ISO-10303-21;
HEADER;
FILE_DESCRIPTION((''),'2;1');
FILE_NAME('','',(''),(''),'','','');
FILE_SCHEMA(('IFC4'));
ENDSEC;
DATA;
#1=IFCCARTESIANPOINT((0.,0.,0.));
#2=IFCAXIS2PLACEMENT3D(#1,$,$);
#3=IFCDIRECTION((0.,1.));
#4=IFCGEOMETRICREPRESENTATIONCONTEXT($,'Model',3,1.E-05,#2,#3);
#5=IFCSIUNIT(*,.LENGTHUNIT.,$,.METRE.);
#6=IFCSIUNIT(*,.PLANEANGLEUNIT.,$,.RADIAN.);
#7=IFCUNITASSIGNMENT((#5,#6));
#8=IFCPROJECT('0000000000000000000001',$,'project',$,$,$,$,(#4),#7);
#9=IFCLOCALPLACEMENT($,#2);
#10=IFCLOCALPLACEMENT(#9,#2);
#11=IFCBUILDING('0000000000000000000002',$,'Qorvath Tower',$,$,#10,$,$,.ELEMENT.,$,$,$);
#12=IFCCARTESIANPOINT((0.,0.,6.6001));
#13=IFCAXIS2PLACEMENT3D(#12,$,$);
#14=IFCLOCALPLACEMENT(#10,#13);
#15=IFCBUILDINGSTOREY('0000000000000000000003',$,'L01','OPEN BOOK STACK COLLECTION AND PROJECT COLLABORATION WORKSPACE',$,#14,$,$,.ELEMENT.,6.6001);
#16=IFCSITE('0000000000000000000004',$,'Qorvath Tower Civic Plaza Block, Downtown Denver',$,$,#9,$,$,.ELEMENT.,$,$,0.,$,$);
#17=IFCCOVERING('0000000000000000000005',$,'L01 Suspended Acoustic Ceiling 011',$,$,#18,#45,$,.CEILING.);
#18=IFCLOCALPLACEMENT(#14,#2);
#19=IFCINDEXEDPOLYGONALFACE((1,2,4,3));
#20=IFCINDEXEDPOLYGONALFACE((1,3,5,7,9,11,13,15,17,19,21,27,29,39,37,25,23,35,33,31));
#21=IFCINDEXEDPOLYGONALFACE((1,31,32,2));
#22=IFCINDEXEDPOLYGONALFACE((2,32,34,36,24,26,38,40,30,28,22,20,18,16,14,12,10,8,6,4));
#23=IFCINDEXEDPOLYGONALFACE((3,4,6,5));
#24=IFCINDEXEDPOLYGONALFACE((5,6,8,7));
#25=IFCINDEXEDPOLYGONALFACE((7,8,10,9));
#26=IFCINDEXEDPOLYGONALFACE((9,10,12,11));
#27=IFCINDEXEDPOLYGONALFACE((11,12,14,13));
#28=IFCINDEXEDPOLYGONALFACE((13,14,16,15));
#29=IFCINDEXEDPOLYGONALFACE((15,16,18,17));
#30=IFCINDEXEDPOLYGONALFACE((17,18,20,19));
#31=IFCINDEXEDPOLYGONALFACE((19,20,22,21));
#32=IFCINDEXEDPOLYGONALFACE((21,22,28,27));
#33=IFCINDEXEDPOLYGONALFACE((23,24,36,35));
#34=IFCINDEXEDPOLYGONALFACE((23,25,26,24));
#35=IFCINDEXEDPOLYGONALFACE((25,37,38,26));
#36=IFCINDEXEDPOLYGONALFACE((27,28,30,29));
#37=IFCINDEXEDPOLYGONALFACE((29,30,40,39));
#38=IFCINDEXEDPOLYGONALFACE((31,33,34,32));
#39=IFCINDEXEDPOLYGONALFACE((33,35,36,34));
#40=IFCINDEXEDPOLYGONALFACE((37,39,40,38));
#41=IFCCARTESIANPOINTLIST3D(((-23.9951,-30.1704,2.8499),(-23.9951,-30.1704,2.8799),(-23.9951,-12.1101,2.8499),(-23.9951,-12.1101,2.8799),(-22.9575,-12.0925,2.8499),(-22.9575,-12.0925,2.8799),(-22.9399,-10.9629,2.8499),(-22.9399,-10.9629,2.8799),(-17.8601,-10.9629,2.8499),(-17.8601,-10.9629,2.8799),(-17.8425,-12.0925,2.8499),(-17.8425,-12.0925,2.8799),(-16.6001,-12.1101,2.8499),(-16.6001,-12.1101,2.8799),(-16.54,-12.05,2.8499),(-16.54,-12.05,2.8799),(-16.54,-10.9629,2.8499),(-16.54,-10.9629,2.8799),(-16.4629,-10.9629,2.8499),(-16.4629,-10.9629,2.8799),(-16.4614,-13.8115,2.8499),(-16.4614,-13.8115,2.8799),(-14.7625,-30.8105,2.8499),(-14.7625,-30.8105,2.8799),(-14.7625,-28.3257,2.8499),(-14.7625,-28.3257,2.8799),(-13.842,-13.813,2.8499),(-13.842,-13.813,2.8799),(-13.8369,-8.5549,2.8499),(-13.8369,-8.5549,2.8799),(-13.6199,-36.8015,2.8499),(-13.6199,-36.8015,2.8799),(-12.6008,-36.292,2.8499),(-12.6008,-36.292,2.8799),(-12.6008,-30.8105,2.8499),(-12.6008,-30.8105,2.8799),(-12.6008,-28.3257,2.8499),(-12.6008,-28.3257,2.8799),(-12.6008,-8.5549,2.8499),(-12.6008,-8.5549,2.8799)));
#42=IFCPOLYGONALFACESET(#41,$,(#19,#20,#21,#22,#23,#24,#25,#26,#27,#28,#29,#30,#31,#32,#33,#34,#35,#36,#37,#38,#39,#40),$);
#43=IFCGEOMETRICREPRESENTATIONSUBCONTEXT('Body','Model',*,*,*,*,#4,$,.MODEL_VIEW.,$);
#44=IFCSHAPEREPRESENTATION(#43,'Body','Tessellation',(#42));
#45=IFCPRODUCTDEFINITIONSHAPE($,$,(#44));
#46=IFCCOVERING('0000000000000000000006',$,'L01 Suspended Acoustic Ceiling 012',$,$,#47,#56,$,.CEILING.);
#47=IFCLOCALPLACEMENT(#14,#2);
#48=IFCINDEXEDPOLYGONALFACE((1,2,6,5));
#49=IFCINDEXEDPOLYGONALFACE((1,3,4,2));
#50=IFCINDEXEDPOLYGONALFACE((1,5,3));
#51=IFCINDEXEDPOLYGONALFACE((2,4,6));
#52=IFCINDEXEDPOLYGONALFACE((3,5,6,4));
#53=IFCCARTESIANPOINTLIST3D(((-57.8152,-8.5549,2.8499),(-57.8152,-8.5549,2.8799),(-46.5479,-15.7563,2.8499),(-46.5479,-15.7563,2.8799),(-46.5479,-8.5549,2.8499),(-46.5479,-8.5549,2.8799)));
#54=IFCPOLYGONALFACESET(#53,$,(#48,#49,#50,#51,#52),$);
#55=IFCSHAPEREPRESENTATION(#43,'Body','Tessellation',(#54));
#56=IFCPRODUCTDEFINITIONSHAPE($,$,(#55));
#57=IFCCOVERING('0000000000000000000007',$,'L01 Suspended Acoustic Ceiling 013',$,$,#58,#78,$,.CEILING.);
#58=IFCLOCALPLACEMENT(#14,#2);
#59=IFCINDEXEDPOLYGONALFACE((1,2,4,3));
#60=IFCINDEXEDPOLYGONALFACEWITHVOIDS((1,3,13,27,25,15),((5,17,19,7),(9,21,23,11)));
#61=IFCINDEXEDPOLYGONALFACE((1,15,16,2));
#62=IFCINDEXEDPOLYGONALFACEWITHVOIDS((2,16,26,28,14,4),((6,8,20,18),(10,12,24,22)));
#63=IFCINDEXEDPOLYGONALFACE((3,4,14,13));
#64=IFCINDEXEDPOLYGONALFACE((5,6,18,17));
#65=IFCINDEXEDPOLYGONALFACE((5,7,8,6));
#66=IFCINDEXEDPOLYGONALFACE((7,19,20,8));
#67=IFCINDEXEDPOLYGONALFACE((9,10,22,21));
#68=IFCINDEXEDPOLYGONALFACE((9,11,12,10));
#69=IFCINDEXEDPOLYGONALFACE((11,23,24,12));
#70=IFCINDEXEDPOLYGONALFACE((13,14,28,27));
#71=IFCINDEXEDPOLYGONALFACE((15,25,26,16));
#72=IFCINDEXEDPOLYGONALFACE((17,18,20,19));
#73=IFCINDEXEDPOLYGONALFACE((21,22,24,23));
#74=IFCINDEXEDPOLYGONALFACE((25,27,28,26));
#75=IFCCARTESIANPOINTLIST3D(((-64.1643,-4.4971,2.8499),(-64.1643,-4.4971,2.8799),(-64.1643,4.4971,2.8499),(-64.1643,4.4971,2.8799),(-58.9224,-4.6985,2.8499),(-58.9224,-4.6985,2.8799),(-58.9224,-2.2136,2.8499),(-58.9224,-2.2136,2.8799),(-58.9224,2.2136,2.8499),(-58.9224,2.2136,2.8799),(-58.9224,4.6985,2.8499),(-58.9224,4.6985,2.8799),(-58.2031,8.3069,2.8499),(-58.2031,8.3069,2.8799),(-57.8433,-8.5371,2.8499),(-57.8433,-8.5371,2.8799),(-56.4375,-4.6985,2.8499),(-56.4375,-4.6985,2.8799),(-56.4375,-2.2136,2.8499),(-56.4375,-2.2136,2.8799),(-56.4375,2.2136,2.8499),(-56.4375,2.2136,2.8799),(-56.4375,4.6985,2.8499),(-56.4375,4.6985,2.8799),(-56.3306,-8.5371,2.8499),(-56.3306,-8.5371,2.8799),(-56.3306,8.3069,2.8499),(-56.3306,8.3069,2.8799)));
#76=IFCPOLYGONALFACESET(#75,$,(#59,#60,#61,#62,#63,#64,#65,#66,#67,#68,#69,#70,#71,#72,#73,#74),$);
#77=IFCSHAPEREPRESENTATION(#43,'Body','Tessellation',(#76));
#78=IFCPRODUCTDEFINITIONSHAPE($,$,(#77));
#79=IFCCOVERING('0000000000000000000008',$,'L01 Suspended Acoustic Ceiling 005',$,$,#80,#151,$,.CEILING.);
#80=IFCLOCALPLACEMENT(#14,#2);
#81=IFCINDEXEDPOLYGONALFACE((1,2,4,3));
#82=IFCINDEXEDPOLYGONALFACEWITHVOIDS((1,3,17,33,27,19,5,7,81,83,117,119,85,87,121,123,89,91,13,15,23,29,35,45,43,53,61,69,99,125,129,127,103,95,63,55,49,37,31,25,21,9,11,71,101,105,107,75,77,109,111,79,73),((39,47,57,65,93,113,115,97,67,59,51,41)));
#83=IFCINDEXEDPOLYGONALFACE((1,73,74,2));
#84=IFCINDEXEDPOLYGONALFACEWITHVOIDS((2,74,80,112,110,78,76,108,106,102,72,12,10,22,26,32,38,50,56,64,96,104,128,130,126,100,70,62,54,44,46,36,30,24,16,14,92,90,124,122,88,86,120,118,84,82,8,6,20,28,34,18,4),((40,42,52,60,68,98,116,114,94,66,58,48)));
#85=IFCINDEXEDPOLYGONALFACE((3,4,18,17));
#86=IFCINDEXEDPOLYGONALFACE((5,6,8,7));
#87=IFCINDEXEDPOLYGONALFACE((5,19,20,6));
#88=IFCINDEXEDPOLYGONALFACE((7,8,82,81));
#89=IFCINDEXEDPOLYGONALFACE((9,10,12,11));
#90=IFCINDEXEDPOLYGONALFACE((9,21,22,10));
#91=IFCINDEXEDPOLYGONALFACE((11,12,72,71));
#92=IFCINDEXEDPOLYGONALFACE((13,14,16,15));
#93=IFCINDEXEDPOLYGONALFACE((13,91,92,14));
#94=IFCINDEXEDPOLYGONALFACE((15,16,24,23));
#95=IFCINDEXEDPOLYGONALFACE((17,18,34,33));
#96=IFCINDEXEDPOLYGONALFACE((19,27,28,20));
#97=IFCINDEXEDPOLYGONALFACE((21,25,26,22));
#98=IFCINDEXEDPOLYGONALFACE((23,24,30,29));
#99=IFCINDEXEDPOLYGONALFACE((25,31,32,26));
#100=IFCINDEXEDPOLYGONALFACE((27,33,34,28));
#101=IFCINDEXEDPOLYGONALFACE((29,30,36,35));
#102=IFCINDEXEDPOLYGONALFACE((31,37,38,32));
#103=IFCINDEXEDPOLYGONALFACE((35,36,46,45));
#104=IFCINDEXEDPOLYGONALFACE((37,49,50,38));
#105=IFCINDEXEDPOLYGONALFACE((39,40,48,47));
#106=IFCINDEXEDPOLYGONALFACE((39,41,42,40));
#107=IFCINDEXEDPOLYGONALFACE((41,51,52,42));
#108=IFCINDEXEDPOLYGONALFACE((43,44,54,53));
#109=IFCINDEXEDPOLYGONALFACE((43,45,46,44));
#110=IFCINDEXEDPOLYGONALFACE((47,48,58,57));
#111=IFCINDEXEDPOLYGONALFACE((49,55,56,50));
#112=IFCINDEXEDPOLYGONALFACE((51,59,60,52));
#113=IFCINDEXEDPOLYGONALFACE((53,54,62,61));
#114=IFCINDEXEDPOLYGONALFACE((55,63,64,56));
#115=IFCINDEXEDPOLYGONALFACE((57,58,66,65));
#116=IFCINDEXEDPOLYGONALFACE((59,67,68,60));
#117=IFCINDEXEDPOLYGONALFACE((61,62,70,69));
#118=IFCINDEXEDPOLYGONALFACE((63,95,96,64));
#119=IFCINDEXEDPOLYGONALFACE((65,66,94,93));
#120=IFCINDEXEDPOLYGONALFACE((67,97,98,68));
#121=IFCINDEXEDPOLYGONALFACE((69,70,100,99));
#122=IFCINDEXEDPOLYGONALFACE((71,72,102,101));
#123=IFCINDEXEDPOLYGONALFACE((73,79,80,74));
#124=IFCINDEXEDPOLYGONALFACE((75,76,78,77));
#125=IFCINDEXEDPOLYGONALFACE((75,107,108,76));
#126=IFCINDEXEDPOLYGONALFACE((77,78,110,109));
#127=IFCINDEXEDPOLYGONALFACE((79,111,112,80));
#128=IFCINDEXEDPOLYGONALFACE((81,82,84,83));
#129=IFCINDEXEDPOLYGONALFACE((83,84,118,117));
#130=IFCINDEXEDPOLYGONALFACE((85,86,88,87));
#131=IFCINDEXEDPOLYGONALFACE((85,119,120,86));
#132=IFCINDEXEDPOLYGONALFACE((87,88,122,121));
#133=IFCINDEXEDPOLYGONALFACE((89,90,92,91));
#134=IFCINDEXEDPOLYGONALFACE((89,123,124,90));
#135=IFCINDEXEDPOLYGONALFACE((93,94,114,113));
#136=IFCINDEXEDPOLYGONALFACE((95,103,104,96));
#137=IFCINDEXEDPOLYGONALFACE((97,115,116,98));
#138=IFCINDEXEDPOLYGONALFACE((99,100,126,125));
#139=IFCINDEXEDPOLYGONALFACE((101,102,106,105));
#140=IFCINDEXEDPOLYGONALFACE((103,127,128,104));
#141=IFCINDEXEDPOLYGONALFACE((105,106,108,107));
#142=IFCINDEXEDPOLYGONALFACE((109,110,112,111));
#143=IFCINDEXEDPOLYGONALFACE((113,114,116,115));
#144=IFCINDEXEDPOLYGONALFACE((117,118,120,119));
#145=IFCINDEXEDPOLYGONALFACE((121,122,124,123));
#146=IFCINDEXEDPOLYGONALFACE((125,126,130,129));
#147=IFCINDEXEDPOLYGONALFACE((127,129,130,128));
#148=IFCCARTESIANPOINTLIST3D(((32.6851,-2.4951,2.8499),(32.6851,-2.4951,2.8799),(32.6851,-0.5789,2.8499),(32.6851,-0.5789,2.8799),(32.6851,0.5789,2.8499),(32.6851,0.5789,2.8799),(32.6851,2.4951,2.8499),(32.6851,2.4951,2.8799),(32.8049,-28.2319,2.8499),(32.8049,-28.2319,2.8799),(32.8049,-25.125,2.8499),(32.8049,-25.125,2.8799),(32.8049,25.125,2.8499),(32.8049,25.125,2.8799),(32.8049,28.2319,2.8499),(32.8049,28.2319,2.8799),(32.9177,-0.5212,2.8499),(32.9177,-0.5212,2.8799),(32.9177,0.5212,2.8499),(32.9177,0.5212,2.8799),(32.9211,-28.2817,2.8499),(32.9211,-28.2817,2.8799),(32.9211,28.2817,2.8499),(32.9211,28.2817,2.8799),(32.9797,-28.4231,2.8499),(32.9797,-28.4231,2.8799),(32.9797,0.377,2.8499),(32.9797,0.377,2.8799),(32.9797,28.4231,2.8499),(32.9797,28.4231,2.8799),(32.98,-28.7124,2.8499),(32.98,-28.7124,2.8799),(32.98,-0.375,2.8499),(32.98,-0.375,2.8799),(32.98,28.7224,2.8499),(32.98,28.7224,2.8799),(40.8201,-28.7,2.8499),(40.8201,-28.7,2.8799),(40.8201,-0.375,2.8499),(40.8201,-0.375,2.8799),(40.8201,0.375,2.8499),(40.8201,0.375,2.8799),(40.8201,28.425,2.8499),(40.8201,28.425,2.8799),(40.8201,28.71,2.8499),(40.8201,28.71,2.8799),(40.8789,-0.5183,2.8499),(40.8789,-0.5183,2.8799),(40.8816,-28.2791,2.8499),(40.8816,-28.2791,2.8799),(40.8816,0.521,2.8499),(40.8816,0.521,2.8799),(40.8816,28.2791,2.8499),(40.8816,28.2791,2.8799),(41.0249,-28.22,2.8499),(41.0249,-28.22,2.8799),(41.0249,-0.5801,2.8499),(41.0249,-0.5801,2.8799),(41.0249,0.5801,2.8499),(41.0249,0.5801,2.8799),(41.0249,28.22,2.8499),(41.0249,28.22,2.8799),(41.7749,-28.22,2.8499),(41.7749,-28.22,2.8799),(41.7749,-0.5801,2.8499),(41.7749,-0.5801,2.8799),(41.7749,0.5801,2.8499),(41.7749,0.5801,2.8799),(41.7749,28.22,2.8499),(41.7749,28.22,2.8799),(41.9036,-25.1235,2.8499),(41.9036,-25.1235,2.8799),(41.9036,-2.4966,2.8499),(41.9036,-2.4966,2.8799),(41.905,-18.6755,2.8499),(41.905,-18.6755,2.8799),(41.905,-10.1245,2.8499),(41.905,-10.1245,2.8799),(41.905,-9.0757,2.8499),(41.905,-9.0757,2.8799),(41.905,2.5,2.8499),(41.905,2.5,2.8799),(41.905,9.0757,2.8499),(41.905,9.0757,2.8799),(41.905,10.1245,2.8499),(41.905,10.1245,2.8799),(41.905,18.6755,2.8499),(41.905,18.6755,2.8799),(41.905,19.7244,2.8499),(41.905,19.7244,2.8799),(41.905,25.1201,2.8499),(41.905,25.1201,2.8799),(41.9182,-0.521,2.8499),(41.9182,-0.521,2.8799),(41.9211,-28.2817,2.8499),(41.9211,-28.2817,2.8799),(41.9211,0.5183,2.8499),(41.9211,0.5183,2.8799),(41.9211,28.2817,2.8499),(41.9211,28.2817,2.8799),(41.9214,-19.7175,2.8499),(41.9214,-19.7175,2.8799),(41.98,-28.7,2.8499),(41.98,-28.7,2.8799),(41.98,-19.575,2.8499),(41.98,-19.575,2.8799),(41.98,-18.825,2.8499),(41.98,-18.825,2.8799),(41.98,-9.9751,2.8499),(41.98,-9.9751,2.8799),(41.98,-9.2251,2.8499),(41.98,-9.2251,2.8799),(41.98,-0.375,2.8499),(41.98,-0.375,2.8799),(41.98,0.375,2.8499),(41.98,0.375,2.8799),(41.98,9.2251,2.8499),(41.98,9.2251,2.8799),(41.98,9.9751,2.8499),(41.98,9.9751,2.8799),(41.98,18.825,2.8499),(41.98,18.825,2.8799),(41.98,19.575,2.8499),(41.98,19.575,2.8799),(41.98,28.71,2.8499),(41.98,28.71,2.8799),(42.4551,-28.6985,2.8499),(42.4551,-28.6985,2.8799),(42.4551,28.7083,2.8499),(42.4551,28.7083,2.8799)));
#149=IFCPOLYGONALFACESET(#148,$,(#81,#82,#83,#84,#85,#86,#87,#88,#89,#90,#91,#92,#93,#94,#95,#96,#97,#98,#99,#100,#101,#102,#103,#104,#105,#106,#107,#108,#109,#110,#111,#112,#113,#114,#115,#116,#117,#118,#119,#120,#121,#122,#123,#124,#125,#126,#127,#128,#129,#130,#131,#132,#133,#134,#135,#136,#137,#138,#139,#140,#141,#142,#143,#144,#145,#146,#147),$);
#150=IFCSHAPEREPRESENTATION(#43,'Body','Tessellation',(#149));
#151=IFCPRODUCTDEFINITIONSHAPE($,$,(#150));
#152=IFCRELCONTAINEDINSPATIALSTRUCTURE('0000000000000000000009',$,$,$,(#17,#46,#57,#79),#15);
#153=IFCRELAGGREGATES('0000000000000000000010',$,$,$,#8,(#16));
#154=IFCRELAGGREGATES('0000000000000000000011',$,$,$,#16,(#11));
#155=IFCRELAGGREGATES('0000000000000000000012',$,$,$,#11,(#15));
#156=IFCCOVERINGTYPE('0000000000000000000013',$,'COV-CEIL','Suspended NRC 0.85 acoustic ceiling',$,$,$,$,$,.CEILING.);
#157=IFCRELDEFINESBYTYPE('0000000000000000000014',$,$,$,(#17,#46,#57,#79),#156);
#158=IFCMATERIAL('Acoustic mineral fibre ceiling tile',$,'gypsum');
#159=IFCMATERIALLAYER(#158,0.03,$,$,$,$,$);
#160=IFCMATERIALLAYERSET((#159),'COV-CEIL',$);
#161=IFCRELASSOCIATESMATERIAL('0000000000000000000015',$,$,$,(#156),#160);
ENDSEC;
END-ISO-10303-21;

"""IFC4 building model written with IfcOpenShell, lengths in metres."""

from ifc_helpers import new_model, si_unit, direction, frame, origin, place, context, subcontext, project, spatial, polyline, outline, extrude, material, layer, layer_set, type_object, element, save


model = new_model("IFC4")

# Units and contexts
model_context = context("Model", 3, precision=1e-05, world=origin(), true_north=direction((0.0, 1.0)))
body_context = subcontext(model_context, "Body", "Model", "MODEL_VIEW")
ifc_project = project(units=[si_unit("LENGTHUNIT", "METRE"), si_unit("PLANEANGLEUNIT", "RADIAN")], contexts=[model_context])

# Site, building, storey
site_placement = place(None, origin())
site = spatial("IfcSite", under=ifc_project, at=site_placement, Name="Qorvath Tower Civic Plaza Block, Downtown Denver", CompositionType="ELEMENT", RefElevation=0.0)
building_placement = place(site_placement, origin())
building = spatial("IfcBuilding", under=site, at=building_placement, Name="Qorvath Tower", CompositionType="ELEMENT")
storey_placement = place(building_placement, frame((0.0, 0.0, 6.6001)))
storey = spatial("IfcBuildingStorey", under=building, at=storey_placement, Name="L01", Description="OPEN BOOK STACK COLLECTION AND PROJECT COLLABORATION WORKSPACE", CompositionType="ELEMENT", Elevation=6.6001)

# Coverings
ifc_material_1 = material(Name="Acoustic mineral fibre ceiling tile", Category="gypsum")
ifc_layer_1 = layer(ifc_material_1, 0.03)
ifc_layer_set_1 = layer_set([ifc_layer_1], Name="COV-CEIL")
covering_type_1 = type_object("IfcCoveringType", Name="COV-CEIL", Description="Suspended NRC 0.85 acoustic ceiling", PredefinedType="CEILING", material=ifc_layer_set_1)
covering_1_placement = place(storey_placement, frame((0.0, 0.0, 2.8499)))
element("IfcCovering", 1, at=covering_1_placement, inside=storey, type_object=covering_type_1, Name="L01 Suspended Acoustic Ceiling 011", PredefinedType="CEILING", context=body_context, shape_type="SweptSolid", body=[
    extrude(outline(polyline([(-12.6008, -36.292), (-12.6008, -30.8105), (-14.7625, -30.8105), (-14.7625, -28.3257), (-12.6008, -28.3257), (-12.6008, -8.5549), (-13.8369, -8.5549), (-13.842, -13.813), (-16.4614, -13.8115), (-16.4629, -10.9629), (-16.54, -10.9629), (-16.54, -12.05), (-16.6001, -12.1101), (-17.8425, -12.0925), (-17.8601, -10.9629), (-22.9399, -10.9629), (-22.9575, -12.0925), (-23.9951, -12.1101), (-23.9951, -30.1704), (-13.6199, -36.8015), (-12.6008, -36.292)])), origin(), (0.0, 0.0, 1.0), 0.03),
])
covering_2_placement = place(storey_placement, frame((0.0, 0.0, 2.8499)))
element("IfcCovering", 2, at=covering_2_placement, inside=storey, type_object=covering_type_1, Name="L01 Suspended Acoustic Ceiling 012", PredefinedType="CEILING", context=body_context, shape_type="SweptSolid", body=[
    extrude(outline(polyline([(-57.8152, -8.5549), (-46.5479, -15.7563), (-46.5479, -8.5549), (-57.8152, -8.5549)])), origin(), (0.0, 0.0, 1.0), 0.03),
])
covering_3_placement = place(storey_placement, frame((0.0, 0.0, 2.8499)))
element("IfcCovering", 3, at=covering_3_placement, inside=storey, type_object=covering_type_1, Name="L01 Suspended Acoustic Ceiling 013", PredefinedType="CEILING", context=body_context, shape_type="SweptSolid", body=[
    extrude(outline(polyline([(-56.3306, -8.5371), (-56.3306, 8.3069), (-58.2031, 8.3069), (-64.1643, 4.4971), (-64.1643, -4.4971), (-57.8433, -8.5371), (-56.3306, -8.5371)]), holes=[polyline([(-58.9224, -2.2136), (-56.4375, -2.2136), (-56.4375, -4.6985), (-58.9224, -4.6985), (-58.9224, -2.2136)]), polyline([(-58.9224, 4.6985), (-56.4375, 4.6985), (-56.4375, 2.2136), (-58.9224, 2.2136), (-58.9224, 4.6985)])]), origin(), (0.0, 0.0, 1.0), 0.03),
])
covering_4_placement = place(storey_placement, frame((0.0, 0.0, 2.8499)))
element("IfcCovering", 4, at=covering_4_placement, inside=storey, type_object=covering_type_1, Name="L01 Suspended Acoustic Ceiling 005", PredefinedType="CEILING", context=body_context, shape_type="SweptSolid", body=[
    extrude(outline(polyline([(41.98, -19.575), (41.9214, -19.7175), (41.9036, -25.1235), (32.8049, -25.125), (32.8049, -28.2319), (32.9211, -28.2817), (32.9797, -28.4231), (32.98, -28.7124), (40.8201, -28.7), (40.8816, -28.2791), (41.0249, -28.22), (41.7749, -28.22), (41.9211, -28.2817), (41.98, -28.7), (42.4551, -28.6985), (42.4551, 28.7083), (41.98, 28.71), (41.9211, 28.2817), (41.7749, 28.22), (41.0249, 28.22), (40.8816, 28.2791), (40.8201, 28.425), (40.8201, 28.71), (32.98, 28.7224), (32.9797, 28.4231), (32.9211, 28.2817), (32.8049, 28.2319), (32.8049, 25.125), (41.905, 25.1201), (41.905, 19.7244), (41.98, 19.575), (41.98, 18.825), (41.905, 18.6755), (41.905, 10.1245), (41.98, 9.9751), (41.98, 9.2251), (41.905, 9.0757), (41.905, 2.5), (32.6851, 2.4951), (32.6851, 0.5789), (32.9177, 0.5212), (32.9797, 0.377), (32.98, -0.375), (32.9177, -0.5212), (32.6851, -0.5789), (32.6851, -2.4951), (41.9036, -2.4966), (41.905, -9.0757), (41.98, -9.2251), (41.98, -9.9751), (41.905, -10.1245), (41.905, -18.6755), (41.98, -18.825), (41.98, -19.575)]), holes=[polyline([(40.8789, -0.5183), (40.8201, -0.375), (40.8201, 0.375), (40.8816, 0.521), (41.0249, 0.5801), (41.7749, 0.5801), (41.9211, 0.5183), (41.98, 0.375), (41.98, -0.375), (41.9182, -0.521), (41.7749, -0.5801), (41.0249, -0.5801), (40.8789, -0.5183)])]), origin(), (0.0, 0.0, 1.0), 0.03),
])

save(model, "model.ifc")
